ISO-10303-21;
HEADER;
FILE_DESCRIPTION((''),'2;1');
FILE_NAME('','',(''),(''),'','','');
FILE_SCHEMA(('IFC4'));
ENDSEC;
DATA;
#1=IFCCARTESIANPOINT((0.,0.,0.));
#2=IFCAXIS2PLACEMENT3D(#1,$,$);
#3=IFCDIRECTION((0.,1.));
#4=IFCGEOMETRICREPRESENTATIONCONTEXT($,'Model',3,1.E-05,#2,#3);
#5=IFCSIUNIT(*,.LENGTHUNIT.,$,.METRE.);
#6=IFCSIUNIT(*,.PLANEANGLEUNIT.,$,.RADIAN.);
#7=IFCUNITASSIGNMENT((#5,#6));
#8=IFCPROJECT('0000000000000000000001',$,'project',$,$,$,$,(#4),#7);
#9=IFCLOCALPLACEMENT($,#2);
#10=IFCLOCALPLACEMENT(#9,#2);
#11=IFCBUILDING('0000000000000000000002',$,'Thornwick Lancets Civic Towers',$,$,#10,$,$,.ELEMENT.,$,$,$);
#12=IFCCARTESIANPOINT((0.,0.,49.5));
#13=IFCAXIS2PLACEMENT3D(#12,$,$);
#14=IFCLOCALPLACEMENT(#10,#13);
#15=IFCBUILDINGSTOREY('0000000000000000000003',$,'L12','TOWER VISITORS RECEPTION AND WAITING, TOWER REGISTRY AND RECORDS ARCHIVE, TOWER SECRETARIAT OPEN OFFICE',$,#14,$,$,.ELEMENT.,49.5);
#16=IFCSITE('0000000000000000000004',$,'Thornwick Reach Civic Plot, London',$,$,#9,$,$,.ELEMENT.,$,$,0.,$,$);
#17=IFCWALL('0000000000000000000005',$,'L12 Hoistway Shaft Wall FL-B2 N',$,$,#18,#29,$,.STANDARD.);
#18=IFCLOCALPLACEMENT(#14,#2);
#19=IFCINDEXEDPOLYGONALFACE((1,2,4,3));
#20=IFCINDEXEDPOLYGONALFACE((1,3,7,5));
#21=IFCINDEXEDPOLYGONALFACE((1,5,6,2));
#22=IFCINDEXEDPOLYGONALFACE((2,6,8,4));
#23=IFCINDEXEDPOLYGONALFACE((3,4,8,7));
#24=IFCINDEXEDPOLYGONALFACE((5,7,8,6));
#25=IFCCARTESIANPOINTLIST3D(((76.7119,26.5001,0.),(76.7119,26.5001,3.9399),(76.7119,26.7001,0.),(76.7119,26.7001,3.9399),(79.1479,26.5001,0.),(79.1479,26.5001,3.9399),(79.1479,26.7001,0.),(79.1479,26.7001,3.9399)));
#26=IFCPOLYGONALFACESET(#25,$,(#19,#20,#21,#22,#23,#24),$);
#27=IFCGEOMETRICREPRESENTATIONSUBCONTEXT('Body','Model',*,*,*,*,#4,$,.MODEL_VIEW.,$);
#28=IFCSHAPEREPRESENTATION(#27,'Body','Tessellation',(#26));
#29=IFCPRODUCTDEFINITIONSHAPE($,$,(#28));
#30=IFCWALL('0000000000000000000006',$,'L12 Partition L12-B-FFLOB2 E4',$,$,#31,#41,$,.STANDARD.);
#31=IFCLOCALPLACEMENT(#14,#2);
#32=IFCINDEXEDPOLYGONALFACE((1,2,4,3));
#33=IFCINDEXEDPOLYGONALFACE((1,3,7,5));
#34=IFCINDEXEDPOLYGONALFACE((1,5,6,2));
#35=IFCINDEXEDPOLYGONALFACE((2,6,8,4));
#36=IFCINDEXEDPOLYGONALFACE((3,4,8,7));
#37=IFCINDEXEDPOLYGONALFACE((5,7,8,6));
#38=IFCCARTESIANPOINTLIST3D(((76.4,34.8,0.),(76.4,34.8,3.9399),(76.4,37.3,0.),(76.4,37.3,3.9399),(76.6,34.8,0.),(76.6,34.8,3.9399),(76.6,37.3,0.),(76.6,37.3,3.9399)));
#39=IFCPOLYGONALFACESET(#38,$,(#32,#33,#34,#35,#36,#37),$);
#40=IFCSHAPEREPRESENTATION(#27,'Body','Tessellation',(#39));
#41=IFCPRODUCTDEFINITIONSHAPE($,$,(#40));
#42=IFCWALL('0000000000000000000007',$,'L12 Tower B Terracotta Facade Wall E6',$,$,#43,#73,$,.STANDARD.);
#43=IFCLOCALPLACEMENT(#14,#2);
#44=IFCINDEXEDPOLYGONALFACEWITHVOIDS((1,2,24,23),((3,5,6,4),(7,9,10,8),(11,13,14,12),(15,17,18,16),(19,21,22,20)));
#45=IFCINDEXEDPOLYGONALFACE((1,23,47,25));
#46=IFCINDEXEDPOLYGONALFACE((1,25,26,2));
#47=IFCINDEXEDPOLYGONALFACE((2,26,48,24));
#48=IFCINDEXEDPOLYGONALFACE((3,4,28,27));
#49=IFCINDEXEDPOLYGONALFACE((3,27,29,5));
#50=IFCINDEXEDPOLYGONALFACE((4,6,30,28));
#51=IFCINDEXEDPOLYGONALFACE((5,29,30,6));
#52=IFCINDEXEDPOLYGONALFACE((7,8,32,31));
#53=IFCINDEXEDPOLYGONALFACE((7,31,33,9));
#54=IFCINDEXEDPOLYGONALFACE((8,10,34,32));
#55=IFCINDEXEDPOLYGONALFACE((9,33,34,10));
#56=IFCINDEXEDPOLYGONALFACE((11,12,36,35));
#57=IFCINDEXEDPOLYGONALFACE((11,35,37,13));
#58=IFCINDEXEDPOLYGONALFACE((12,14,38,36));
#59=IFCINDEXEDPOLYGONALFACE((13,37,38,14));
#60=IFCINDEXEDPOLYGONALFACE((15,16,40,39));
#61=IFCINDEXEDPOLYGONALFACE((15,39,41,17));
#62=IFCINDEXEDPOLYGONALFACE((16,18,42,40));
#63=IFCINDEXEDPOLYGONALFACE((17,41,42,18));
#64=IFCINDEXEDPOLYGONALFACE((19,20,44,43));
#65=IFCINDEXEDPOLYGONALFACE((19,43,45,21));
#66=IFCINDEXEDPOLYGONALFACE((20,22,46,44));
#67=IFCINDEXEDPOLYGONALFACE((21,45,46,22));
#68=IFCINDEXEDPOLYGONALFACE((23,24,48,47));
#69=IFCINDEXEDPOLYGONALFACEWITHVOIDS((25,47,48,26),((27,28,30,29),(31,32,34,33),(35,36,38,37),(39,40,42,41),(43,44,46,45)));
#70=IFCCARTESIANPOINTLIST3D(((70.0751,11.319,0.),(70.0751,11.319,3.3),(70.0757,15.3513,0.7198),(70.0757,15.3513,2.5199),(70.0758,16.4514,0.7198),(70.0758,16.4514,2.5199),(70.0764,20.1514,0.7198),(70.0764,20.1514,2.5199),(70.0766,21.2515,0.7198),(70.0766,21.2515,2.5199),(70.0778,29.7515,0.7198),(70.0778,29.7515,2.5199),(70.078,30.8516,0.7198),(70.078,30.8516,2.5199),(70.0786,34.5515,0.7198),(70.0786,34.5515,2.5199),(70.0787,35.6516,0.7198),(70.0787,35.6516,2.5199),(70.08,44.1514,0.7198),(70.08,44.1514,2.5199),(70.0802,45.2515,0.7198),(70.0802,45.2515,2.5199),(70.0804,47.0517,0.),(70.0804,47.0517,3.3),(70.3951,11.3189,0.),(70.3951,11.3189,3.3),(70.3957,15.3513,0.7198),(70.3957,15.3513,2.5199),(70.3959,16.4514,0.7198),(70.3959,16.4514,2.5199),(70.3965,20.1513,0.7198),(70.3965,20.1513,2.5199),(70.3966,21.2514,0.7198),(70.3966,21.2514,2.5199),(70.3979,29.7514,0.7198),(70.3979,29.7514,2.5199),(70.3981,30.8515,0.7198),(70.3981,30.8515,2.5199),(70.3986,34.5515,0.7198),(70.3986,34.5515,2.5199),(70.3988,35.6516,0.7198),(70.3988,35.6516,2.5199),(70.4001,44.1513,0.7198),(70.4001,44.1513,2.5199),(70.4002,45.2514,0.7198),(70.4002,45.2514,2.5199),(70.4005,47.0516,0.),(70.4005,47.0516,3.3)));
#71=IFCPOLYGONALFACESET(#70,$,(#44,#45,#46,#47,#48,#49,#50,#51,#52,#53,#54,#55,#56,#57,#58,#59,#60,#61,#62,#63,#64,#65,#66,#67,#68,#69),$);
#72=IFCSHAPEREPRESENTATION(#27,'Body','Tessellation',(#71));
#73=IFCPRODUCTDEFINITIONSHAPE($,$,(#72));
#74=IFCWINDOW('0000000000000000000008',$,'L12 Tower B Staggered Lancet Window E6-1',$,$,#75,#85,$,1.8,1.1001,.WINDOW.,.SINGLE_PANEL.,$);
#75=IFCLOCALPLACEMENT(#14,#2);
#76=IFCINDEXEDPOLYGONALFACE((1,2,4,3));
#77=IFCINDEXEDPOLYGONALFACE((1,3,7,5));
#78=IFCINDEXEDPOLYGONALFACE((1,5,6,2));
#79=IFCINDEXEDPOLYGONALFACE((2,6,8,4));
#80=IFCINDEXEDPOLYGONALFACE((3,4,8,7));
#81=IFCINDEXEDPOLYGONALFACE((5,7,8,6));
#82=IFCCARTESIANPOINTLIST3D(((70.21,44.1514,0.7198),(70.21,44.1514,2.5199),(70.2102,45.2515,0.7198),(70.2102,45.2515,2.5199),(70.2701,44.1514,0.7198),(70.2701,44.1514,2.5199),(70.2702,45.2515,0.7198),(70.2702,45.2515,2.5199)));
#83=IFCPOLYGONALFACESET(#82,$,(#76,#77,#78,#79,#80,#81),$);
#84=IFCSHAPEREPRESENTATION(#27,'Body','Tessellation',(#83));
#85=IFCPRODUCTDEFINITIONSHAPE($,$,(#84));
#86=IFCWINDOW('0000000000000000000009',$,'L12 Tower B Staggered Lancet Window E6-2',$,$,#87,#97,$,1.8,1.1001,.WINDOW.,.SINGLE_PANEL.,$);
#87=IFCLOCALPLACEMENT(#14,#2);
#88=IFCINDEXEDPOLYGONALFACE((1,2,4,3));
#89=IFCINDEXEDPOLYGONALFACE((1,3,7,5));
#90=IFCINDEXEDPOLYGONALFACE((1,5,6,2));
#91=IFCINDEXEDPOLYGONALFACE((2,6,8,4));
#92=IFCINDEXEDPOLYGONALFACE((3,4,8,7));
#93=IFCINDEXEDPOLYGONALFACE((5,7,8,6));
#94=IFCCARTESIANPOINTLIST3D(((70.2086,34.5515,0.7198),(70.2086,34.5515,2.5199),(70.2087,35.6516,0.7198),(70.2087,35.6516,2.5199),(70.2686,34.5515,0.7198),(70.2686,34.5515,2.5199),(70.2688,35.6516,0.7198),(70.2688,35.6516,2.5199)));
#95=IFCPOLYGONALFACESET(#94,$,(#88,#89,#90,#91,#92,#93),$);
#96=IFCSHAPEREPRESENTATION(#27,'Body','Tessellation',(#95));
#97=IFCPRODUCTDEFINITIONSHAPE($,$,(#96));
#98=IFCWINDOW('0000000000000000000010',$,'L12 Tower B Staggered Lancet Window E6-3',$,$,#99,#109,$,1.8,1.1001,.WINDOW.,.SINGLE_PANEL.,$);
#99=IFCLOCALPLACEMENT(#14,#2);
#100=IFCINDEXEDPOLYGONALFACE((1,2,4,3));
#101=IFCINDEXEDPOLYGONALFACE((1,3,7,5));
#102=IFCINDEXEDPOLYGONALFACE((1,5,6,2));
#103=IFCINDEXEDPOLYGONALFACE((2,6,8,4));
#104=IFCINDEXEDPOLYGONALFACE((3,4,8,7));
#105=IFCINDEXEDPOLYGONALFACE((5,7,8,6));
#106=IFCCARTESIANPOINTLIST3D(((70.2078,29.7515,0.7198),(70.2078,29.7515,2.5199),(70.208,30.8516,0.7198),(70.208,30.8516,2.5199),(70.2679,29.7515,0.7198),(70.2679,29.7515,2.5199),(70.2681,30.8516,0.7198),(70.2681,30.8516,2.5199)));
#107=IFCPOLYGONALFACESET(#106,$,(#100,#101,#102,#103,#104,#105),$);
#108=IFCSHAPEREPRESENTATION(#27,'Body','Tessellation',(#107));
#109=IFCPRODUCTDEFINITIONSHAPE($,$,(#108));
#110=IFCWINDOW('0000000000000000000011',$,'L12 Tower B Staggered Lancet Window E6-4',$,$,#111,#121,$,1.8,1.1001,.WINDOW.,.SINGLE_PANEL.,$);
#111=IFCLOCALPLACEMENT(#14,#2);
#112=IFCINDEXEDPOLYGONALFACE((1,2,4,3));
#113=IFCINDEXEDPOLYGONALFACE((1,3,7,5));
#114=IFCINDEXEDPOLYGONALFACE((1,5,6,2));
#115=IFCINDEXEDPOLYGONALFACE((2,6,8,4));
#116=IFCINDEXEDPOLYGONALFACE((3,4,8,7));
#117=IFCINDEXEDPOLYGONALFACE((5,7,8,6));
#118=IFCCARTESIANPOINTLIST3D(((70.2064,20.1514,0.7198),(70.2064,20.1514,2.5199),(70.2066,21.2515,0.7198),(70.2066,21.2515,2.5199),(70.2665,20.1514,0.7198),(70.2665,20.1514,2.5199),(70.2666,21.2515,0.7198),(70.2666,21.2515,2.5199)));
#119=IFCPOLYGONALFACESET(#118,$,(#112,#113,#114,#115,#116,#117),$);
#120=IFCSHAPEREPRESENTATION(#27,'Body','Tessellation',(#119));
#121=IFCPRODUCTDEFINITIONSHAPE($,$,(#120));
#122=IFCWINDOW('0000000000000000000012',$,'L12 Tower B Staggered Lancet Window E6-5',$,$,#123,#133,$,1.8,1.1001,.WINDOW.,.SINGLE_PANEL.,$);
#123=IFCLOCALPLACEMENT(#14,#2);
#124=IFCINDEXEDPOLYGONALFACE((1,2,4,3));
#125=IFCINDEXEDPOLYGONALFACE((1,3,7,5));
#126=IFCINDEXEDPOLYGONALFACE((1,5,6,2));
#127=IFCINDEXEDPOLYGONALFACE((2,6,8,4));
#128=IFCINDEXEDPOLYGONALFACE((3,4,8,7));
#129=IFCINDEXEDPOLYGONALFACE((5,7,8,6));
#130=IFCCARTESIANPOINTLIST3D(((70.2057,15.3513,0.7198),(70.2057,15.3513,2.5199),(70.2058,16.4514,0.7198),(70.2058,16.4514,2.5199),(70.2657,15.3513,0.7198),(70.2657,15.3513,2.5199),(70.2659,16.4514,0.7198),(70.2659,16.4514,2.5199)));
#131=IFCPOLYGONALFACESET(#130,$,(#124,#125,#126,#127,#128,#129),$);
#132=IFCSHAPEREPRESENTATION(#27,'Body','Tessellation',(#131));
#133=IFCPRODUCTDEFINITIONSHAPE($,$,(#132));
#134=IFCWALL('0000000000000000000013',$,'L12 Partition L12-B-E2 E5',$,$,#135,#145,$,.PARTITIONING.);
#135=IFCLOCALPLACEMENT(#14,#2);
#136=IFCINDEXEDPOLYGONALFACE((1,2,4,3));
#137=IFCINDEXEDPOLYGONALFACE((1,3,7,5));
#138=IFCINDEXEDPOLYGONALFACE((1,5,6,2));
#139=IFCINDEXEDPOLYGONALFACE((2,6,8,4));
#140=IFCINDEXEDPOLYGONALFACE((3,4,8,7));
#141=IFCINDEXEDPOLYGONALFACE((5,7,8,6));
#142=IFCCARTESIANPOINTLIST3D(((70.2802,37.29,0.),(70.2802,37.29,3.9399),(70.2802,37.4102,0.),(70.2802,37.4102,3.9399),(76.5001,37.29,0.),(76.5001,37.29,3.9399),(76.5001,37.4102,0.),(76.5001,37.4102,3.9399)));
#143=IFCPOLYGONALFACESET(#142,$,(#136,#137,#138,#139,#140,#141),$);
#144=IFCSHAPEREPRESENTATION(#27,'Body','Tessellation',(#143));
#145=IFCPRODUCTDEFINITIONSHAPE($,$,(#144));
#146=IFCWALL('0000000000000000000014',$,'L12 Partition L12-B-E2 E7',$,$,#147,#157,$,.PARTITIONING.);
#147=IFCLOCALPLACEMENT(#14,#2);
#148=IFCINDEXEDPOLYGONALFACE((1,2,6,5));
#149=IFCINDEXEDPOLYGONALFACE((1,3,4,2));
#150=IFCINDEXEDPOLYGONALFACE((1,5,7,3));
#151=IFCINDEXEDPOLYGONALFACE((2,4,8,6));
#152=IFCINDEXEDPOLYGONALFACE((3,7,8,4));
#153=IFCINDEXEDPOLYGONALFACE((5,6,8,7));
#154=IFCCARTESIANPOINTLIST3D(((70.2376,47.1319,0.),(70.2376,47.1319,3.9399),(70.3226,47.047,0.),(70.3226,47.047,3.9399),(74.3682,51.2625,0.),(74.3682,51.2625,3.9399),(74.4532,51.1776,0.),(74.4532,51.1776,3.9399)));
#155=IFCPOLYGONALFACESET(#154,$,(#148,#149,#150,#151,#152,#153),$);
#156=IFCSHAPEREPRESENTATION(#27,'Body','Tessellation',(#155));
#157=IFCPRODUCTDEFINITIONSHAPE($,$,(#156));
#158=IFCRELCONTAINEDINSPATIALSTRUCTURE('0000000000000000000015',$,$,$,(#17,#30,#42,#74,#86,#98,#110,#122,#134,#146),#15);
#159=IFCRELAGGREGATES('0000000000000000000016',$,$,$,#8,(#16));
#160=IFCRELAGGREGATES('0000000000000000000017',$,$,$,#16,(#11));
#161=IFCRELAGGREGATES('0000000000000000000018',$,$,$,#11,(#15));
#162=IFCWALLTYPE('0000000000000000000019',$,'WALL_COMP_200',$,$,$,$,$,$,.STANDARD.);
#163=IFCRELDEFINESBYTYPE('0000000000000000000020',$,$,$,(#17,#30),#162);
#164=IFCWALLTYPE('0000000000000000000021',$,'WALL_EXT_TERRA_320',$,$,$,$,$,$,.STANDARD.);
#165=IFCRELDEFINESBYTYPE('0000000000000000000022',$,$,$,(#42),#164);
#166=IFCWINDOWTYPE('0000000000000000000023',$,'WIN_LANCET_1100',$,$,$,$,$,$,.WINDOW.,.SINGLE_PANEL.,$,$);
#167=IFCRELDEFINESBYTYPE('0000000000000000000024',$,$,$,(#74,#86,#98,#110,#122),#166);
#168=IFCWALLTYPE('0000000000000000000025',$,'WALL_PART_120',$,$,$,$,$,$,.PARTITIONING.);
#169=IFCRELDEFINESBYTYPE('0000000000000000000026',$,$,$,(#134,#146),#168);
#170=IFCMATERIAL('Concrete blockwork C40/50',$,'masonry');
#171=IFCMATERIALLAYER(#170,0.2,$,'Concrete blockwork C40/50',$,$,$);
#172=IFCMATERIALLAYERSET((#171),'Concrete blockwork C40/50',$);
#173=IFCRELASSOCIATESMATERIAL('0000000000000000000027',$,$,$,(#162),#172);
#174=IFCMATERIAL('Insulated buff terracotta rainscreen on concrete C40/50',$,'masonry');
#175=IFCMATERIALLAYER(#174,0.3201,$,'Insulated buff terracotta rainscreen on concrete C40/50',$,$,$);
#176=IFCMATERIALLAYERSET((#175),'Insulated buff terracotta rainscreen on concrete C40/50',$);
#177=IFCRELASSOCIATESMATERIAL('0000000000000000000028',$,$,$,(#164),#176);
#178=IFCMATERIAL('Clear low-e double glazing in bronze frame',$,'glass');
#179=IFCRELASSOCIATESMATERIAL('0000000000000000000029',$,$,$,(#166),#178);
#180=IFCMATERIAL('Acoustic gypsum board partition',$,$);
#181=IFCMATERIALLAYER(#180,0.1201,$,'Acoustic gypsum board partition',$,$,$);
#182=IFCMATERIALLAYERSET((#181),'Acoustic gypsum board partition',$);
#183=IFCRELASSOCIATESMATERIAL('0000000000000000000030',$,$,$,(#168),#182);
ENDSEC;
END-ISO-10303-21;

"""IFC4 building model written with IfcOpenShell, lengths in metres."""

from ifc_helpers import new_model, si_unit, direction, frame, frame_2d, origin, place, context, subcontext, project, spatial, rectangle, extrude, material, layer, layer_set, type_object, element, fill, save


model = new_model("IFC4")

# Units and contexts
model_context = context("Model", 3, precision=1e-05, world=origin(), true_north=direction((0.0, 1.0)))
body_context = subcontext(model_context, "Body", "Model", "MODEL_VIEW")
ifc_project = project(units=[si_unit("LENGTHUNIT", "METRE"), si_unit("PLANEANGLEUNIT", "RADIAN")], contexts=[model_context])

# Site, building, storey
site_placement = place(None, origin())
site = spatial("IfcSite", under=ifc_project, at=site_placement, Name="Thornwick Reach Civic Plot, London", CompositionType="ELEMENT", RefElevation=0.0)
building_placement = place(site_placement, origin())
building = spatial("IfcBuilding", under=site, at=building_placement, Name="Thornwick Lancets Civic Towers", CompositionType="ELEMENT")
storey_placement = place(building_placement, frame((0.0, 0.0, 49.5)))
storey = spatial("IfcBuildingStorey", under=building, at=storey_placement, Name="L12", Description="TOWER VISITORS RECEPTION AND WAITING, TOWER REGISTRY AND RECORDS ARCHIVE, TOWER SECRETARIAT OPEN OFFICE", CompositionType="ELEMENT", Elevation=49.5)

# Walls
ifc_material_1 = material(Name="Concrete blockwork C40/50", Category="masonry")
ifc_layer_1 = layer(ifc_material_1, 0.2, Name="Concrete blockwork C40/50")
ifc_layer_set_1 = layer_set([ifc_layer_1], Name="Concrete blockwork C40/50")
wall_type_1 = type_object("IfcWallType", Name="WALL_COMP_200", PredefinedType="STANDARD", material=ifc_layer_set_1)
wall_1_placement = place(storey_placement, frame((76.7119, 26.6001, 0.0), z_axis=(0.0, 0.0, 1.0), x_axis=(1.0, 0.0, 0.0)))
element("IfcWall", 1, at=wall_1_placement, inside=storey, type_object=wall_type_1, Name="L12 Hoistway Shaft Wall FL-B2 N", PredefinedType="STANDARD", context=body_context, shape_type="SweptSolid", body=[
    extrude(rectangle(XDim=2.436, YDim=0.2, at=frame_2d((1.218, 0.0))), origin(), (0.0, 0.0, 1.0), 3.9399),
])
wall_2_placement = place(storey_placement, frame((76.5, 37.3, 0.0), z_axis=(0.0, 0.0, 1.0), x_axis=(0.0, -1.0, 0.0)))
element("IfcWall", 2, at=wall_2_placement, inside=storey, type_object=wall_type_1, Name="L12 Partition L12-B-FFLOB2 E4", PredefinedType="STANDARD", context=body_context, shape_type="SweptSolid", body=[
    extrude(rectangle(XDim=2.5, YDim=0.2, at=frame_2d((1.25, 0.0))), origin(), (0.0, 0.0, 1.0), 3.9399),
])

# Wall, openings, windows
ifc_material_2 = material(Name="Insulated buff terracotta rainscreen on concrete C40/50", Category="masonry")
ifc_layer_2 = layer(ifc_material_2, 0.3201, Name="Insulated buff terracotta rainscreen on concrete C40/50")
ifc_layer_set_2 = layer_set([ifc_layer_2], Name="Insulated buff terracotta rainscreen on concrete C40/50")
wall_type_2 = type_object("IfcWallType", Name="WALL_EXT_TERRA_320", PredefinedType="STANDARD", material=ifc_layer_set_2)
wall_3_placement = place(storey_placement, frame((70.2405, 47.0515, 0.0), z_axis=(0.0, 0.0, 1.0), x_axis=(-0.00015, -1.0, 0.0)))
wall_3 = element("IfcWall", 3, at=wall_3_placement, inside=storey, type_object=wall_type_2, Name="L12 Tower B Terracotta Facade Wall E6", PredefinedType="STANDARD", context=body_context, shape_type="SweptSolid", body=[
    extrude(rectangle(XDim=35.7327, YDim=0.3201, at=frame_2d((17.8662, 0.0))), origin(), (0.0, 0.0, 1.0), 3.3),
])
opening_1_placement = place(wall_3_placement, frame((1.8, 0.0, 0.72)))
opening_1 = element("IfcOpeningElement", 4, at=opening_1_placement, cuts=wall_3, PredefinedType="OPENING", context=body_context, shape_type="SweptSolid", body=[
    extrude(rectangle(XDim=1.1001, YDim=1.8, at=frame_2d((0.55, 0.8999))), frame((0.0, 0.1699, 0.0), z_axis=(0.0, -1.0, 0.0), x_axis=(1.0, 0.0, 0.0)), (0.0, 0.0, 1.0), 0.3401),
])
opening_2_placement = place(wall_3_placement, frame((11.3999, 0.0, 0.72)))
opening_2 = element("IfcOpeningElement", 5, at=opening_2_placement, cuts=wall_3, PredefinedType="OPENING", context=body_context, shape_type="SweptSolid", body=[
    extrude(rectangle(XDim=1.1001, YDim=1.8, at=frame_2d((0.55, 0.8999))), frame((0.0, 0.1699, 0.0), z_axis=(0.0, -1.0, 0.0), x_axis=(1.0, 0.0, 0.0)), (0.0, 0.0, 1.0), 0.3401),
])
opening_3_placement = place(wall_3_placement, frame((16.2, 0.0, 0.72)))
opening_3 = element("IfcOpeningElement", 6, at=opening_3_placement, cuts=wall_3, PredefinedType="OPENING", context=body_context, shape_type="SweptSolid", body=[
    extrude(rectangle(XDim=1.1001, YDim=1.8, at=frame_2d((0.55, 0.8999))), frame((0.0, 0.1699, 0.0), z_axis=(0.0, -1.0, 0.0), x_axis=(1.0, 0.0, 0.0)), (0.0, 0.0, 1.0), 0.3401),
])
opening_4_placement = place(wall_3_placement, frame((25.8, 0.0, 0.72)))
opening_4 = element("IfcOpeningElement", 7, at=opening_4_placement, cuts=wall_3, PredefinedType="OPENING", context=body_context, shape_type="SweptSolid", body=[
    extrude(rectangle(XDim=1.1001, YDim=1.8, at=frame_2d((0.55, 0.8999))), frame((0.0, 0.1699, 0.0), z_axis=(0.0, -1.0, 0.0), x_axis=(1.0, 0.0, 0.0)), (0.0, 0.0, 1.0), 0.3401),
])
opening_5_placement = place(wall_3_placement, frame((30.6001, 0.0, 0.72)))
opening_5 = element("IfcOpeningElement", 8, at=opening_5_placement, cuts=wall_3, PredefinedType="OPENING", context=body_context, shape_type="SweptSolid", body=[
    extrude(rectangle(XDim=1.1001, YDim=1.8, at=frame_2d((0.55, 0.8999))), frame((0.0, 0.1699, 0.0), z_axis=(0.0, -1.0, 0.0), x_axis=(1.0, 0.0, 0.0)), (0.0, 0.0, 1.0), 0.3401),
])
ifc_material_3 = material(Name="Clear low-e double glazing in bronze frame", Category="glass")
window_type = type_object("IfcWindowType", Name="WIN_LANCET_1100", PartitioningType="SINGLE_PANEL", PredefinedType="WINDOW", material=ifc_material_3)
window_1_placement = place(opening_1_placement, origin())
window_1 = element("IfcWindow", 9, at=window_1_placement, inside=storey, type_object=window_type, Name="L12 Tower B Staggered Lancet Window E6-1", OverallHeight=1.8, OverallWidth=1.1001, PartitioningType="SINGLE_PANEL", PredefinedType="WINDOW", context=body_context, shape_type="SweptSolid", body=[
    extrude(rectangle(XDim=1.1001, YDim=1.8, at=frame_2d((0.55, 0.8999))), frame((0.0, 0.03, 0.0), z_axis=(0.0, -1.0, 0.0), x_axis=(1.0, 0.0, 0.0)), (0.0, 0.0, 1.0), 0.0601),
])
fill(opening_1, window_1)
window_2_placement = place(opening_2_placement, origin())
window_2 = element("IfcWindow", 10, at=window_2_placement, inside=storey, type_object=window_type, Name="L12 Tower B Staggered Lancet Window E6-2", OverallHeight=1.8, OverallWidth=1.1001, PartitioningType="SINGLE_PANEL", PredefinedType="WINDOW", context=body_context, shape_type="SweptSolid", body=[
    extrude(rectangle(XDim=1.1001, YDim=1.8, at=frame_2d((0.55, 0.8999))), frame((0.0, 0.03, 0.0), z_axis=(0.0, -1.0, 0.0), x_axis=(1.0, 0.0, 0.0)), (0.0, 0.0, 1.0), 0.0601),
])
fill(opening_2, window_2)
window_3_placement = place(opening_3_placement, origin())
window_3 = element("IfcWindow", 11, at=window_3_placement, inside=storey, type_object=window_type, Name="L12 Tower B Staggered Lancet Window E6-3", OverallHeight=1.8, OverallWidth=1.1001, PartitioningType="SINGLE_PANEL", PredefinedType="WINDOW", context=body_context, shape_type="SweptSolid", body=[
    extrude(rectangle(XDim=1.1001, YDim=1.8, at=frame_2d((0.55, 0.8999))), frame((0.0, 0.03, 0.0), z_axis=(0.0, -1.0, 0.0), x_axis=(1.0, 0.0, 0.0)), (0.0, 0.0, 1.0), 0.0601),
])
fill(opening_3, window_3)
window_4_placement = place(opening_4_placement, origin())
window_4 = element("IfcWindow", 12, at=window_4_placement, inside=storey, type_object=window_type, Name="L12 Tower B Staggered Lancet Window E6-4", OverallHeight=1.8, OverallWidth=1.1001, PartitioningType="SINGLE_PANEL", PredefinedType="WINDOW", context=body_context, shape_type="SweptSolid", body=[
    extrude(rectangle(XDim=1.1001, YDim=1.8, at=frame_2d((0.55, 0.8999))), frame((0.0, 0.03, 0.0), z_axis=(0.0, -1.0, 0.0), x_axis=(1.0, 0.0, 0.0)), (0.0, 0.0, 1.0), 0.0601),
])
fill(opening_4, window_4)
window_5_placement = place(opening_5_placement, origin())
window_5 = element("IfcWindow", 13, at=window_5_placement, inside=storey, type_object=window_type, Name="L12 Tower B Staggered Lancet Window E6-5", OverallHeight=1.8, OverallWidth=1.1001, PartitioningType="SINGLE_PANEL", PredefinedType="WINDOW", context=body_context, shape_type="SweptSolid", body=[
    extrude(rectangle(XDim=1.1001, YDim=1.8, at=frame_2d((0.55, 0.8999))), frame((0.0, 0.03, 0.0), z_axis=(0.0, -1.0, 0.0), x_axis=(1.0, 0.0, 0.0)), (0.0, 0.0, 1.0), 0.0601),
])
fill(opening_5, window_5)

# Walls
ifc_material_4 = material(Name="Acoustic gypsum board partition")
ifc_layer_3 = layer(ifc_material_4, 0.1201, Name="Acoustic gypsum board partition")
ifc_layer_set_3 = layer_set([ifc_layer_3], Name="Acoustic gypsum board partition")
wall_type_3 = type_object("IfcWallType", Name="WALL_PART_120", PredefinedType="PARTITIONING", material=ifc_layer_set_3)
wall_4_placement = place(storey_placement, frame((76.5, 37.3501, 0.0), z_axis=(0.0, 0.0, 1.0), x_axis=(-1.0, 0.0, 0.0)))
element("IfcWall", 14, at=wall_4_placement, inside=storey, type_object=wall_type_3, Name="L12 Partition L12-B-E2 E5", PredefinedType="PARTITIONING", context=body_context, shape_type="SweptSolid", body=[
    extrude(rectangle(XDim=6.22, YDim=0.1201, at=frame_2d((3.1099, 0.0))), origin(), (0.0, 0.0, 1.0), 3.9399),
])
wall_5_placement = place(storey_placement, frame((70.28, 47.0894, 0.0), z_axis=(0.0, 0.0, 1.0), x_axis=(0.707107, 0.707107, 0.0)))
element("IfcWall", 15, at=wall_5_placement, inside=storey, type_object=wall_type_3, Name="L12 Partition L12-B-E2 E7", PredefinedType="PARTITIONING", context=body_context, shape_type="SweptSolid", body=[
    extrude(rectangle(XDim=5.8416, YDim=0.1201, at=frame_2d((2.9209, 0.0))), origin(), (0.0, 0.0, 1.0), 3.9399),
])

save(model, "model.ifc")
